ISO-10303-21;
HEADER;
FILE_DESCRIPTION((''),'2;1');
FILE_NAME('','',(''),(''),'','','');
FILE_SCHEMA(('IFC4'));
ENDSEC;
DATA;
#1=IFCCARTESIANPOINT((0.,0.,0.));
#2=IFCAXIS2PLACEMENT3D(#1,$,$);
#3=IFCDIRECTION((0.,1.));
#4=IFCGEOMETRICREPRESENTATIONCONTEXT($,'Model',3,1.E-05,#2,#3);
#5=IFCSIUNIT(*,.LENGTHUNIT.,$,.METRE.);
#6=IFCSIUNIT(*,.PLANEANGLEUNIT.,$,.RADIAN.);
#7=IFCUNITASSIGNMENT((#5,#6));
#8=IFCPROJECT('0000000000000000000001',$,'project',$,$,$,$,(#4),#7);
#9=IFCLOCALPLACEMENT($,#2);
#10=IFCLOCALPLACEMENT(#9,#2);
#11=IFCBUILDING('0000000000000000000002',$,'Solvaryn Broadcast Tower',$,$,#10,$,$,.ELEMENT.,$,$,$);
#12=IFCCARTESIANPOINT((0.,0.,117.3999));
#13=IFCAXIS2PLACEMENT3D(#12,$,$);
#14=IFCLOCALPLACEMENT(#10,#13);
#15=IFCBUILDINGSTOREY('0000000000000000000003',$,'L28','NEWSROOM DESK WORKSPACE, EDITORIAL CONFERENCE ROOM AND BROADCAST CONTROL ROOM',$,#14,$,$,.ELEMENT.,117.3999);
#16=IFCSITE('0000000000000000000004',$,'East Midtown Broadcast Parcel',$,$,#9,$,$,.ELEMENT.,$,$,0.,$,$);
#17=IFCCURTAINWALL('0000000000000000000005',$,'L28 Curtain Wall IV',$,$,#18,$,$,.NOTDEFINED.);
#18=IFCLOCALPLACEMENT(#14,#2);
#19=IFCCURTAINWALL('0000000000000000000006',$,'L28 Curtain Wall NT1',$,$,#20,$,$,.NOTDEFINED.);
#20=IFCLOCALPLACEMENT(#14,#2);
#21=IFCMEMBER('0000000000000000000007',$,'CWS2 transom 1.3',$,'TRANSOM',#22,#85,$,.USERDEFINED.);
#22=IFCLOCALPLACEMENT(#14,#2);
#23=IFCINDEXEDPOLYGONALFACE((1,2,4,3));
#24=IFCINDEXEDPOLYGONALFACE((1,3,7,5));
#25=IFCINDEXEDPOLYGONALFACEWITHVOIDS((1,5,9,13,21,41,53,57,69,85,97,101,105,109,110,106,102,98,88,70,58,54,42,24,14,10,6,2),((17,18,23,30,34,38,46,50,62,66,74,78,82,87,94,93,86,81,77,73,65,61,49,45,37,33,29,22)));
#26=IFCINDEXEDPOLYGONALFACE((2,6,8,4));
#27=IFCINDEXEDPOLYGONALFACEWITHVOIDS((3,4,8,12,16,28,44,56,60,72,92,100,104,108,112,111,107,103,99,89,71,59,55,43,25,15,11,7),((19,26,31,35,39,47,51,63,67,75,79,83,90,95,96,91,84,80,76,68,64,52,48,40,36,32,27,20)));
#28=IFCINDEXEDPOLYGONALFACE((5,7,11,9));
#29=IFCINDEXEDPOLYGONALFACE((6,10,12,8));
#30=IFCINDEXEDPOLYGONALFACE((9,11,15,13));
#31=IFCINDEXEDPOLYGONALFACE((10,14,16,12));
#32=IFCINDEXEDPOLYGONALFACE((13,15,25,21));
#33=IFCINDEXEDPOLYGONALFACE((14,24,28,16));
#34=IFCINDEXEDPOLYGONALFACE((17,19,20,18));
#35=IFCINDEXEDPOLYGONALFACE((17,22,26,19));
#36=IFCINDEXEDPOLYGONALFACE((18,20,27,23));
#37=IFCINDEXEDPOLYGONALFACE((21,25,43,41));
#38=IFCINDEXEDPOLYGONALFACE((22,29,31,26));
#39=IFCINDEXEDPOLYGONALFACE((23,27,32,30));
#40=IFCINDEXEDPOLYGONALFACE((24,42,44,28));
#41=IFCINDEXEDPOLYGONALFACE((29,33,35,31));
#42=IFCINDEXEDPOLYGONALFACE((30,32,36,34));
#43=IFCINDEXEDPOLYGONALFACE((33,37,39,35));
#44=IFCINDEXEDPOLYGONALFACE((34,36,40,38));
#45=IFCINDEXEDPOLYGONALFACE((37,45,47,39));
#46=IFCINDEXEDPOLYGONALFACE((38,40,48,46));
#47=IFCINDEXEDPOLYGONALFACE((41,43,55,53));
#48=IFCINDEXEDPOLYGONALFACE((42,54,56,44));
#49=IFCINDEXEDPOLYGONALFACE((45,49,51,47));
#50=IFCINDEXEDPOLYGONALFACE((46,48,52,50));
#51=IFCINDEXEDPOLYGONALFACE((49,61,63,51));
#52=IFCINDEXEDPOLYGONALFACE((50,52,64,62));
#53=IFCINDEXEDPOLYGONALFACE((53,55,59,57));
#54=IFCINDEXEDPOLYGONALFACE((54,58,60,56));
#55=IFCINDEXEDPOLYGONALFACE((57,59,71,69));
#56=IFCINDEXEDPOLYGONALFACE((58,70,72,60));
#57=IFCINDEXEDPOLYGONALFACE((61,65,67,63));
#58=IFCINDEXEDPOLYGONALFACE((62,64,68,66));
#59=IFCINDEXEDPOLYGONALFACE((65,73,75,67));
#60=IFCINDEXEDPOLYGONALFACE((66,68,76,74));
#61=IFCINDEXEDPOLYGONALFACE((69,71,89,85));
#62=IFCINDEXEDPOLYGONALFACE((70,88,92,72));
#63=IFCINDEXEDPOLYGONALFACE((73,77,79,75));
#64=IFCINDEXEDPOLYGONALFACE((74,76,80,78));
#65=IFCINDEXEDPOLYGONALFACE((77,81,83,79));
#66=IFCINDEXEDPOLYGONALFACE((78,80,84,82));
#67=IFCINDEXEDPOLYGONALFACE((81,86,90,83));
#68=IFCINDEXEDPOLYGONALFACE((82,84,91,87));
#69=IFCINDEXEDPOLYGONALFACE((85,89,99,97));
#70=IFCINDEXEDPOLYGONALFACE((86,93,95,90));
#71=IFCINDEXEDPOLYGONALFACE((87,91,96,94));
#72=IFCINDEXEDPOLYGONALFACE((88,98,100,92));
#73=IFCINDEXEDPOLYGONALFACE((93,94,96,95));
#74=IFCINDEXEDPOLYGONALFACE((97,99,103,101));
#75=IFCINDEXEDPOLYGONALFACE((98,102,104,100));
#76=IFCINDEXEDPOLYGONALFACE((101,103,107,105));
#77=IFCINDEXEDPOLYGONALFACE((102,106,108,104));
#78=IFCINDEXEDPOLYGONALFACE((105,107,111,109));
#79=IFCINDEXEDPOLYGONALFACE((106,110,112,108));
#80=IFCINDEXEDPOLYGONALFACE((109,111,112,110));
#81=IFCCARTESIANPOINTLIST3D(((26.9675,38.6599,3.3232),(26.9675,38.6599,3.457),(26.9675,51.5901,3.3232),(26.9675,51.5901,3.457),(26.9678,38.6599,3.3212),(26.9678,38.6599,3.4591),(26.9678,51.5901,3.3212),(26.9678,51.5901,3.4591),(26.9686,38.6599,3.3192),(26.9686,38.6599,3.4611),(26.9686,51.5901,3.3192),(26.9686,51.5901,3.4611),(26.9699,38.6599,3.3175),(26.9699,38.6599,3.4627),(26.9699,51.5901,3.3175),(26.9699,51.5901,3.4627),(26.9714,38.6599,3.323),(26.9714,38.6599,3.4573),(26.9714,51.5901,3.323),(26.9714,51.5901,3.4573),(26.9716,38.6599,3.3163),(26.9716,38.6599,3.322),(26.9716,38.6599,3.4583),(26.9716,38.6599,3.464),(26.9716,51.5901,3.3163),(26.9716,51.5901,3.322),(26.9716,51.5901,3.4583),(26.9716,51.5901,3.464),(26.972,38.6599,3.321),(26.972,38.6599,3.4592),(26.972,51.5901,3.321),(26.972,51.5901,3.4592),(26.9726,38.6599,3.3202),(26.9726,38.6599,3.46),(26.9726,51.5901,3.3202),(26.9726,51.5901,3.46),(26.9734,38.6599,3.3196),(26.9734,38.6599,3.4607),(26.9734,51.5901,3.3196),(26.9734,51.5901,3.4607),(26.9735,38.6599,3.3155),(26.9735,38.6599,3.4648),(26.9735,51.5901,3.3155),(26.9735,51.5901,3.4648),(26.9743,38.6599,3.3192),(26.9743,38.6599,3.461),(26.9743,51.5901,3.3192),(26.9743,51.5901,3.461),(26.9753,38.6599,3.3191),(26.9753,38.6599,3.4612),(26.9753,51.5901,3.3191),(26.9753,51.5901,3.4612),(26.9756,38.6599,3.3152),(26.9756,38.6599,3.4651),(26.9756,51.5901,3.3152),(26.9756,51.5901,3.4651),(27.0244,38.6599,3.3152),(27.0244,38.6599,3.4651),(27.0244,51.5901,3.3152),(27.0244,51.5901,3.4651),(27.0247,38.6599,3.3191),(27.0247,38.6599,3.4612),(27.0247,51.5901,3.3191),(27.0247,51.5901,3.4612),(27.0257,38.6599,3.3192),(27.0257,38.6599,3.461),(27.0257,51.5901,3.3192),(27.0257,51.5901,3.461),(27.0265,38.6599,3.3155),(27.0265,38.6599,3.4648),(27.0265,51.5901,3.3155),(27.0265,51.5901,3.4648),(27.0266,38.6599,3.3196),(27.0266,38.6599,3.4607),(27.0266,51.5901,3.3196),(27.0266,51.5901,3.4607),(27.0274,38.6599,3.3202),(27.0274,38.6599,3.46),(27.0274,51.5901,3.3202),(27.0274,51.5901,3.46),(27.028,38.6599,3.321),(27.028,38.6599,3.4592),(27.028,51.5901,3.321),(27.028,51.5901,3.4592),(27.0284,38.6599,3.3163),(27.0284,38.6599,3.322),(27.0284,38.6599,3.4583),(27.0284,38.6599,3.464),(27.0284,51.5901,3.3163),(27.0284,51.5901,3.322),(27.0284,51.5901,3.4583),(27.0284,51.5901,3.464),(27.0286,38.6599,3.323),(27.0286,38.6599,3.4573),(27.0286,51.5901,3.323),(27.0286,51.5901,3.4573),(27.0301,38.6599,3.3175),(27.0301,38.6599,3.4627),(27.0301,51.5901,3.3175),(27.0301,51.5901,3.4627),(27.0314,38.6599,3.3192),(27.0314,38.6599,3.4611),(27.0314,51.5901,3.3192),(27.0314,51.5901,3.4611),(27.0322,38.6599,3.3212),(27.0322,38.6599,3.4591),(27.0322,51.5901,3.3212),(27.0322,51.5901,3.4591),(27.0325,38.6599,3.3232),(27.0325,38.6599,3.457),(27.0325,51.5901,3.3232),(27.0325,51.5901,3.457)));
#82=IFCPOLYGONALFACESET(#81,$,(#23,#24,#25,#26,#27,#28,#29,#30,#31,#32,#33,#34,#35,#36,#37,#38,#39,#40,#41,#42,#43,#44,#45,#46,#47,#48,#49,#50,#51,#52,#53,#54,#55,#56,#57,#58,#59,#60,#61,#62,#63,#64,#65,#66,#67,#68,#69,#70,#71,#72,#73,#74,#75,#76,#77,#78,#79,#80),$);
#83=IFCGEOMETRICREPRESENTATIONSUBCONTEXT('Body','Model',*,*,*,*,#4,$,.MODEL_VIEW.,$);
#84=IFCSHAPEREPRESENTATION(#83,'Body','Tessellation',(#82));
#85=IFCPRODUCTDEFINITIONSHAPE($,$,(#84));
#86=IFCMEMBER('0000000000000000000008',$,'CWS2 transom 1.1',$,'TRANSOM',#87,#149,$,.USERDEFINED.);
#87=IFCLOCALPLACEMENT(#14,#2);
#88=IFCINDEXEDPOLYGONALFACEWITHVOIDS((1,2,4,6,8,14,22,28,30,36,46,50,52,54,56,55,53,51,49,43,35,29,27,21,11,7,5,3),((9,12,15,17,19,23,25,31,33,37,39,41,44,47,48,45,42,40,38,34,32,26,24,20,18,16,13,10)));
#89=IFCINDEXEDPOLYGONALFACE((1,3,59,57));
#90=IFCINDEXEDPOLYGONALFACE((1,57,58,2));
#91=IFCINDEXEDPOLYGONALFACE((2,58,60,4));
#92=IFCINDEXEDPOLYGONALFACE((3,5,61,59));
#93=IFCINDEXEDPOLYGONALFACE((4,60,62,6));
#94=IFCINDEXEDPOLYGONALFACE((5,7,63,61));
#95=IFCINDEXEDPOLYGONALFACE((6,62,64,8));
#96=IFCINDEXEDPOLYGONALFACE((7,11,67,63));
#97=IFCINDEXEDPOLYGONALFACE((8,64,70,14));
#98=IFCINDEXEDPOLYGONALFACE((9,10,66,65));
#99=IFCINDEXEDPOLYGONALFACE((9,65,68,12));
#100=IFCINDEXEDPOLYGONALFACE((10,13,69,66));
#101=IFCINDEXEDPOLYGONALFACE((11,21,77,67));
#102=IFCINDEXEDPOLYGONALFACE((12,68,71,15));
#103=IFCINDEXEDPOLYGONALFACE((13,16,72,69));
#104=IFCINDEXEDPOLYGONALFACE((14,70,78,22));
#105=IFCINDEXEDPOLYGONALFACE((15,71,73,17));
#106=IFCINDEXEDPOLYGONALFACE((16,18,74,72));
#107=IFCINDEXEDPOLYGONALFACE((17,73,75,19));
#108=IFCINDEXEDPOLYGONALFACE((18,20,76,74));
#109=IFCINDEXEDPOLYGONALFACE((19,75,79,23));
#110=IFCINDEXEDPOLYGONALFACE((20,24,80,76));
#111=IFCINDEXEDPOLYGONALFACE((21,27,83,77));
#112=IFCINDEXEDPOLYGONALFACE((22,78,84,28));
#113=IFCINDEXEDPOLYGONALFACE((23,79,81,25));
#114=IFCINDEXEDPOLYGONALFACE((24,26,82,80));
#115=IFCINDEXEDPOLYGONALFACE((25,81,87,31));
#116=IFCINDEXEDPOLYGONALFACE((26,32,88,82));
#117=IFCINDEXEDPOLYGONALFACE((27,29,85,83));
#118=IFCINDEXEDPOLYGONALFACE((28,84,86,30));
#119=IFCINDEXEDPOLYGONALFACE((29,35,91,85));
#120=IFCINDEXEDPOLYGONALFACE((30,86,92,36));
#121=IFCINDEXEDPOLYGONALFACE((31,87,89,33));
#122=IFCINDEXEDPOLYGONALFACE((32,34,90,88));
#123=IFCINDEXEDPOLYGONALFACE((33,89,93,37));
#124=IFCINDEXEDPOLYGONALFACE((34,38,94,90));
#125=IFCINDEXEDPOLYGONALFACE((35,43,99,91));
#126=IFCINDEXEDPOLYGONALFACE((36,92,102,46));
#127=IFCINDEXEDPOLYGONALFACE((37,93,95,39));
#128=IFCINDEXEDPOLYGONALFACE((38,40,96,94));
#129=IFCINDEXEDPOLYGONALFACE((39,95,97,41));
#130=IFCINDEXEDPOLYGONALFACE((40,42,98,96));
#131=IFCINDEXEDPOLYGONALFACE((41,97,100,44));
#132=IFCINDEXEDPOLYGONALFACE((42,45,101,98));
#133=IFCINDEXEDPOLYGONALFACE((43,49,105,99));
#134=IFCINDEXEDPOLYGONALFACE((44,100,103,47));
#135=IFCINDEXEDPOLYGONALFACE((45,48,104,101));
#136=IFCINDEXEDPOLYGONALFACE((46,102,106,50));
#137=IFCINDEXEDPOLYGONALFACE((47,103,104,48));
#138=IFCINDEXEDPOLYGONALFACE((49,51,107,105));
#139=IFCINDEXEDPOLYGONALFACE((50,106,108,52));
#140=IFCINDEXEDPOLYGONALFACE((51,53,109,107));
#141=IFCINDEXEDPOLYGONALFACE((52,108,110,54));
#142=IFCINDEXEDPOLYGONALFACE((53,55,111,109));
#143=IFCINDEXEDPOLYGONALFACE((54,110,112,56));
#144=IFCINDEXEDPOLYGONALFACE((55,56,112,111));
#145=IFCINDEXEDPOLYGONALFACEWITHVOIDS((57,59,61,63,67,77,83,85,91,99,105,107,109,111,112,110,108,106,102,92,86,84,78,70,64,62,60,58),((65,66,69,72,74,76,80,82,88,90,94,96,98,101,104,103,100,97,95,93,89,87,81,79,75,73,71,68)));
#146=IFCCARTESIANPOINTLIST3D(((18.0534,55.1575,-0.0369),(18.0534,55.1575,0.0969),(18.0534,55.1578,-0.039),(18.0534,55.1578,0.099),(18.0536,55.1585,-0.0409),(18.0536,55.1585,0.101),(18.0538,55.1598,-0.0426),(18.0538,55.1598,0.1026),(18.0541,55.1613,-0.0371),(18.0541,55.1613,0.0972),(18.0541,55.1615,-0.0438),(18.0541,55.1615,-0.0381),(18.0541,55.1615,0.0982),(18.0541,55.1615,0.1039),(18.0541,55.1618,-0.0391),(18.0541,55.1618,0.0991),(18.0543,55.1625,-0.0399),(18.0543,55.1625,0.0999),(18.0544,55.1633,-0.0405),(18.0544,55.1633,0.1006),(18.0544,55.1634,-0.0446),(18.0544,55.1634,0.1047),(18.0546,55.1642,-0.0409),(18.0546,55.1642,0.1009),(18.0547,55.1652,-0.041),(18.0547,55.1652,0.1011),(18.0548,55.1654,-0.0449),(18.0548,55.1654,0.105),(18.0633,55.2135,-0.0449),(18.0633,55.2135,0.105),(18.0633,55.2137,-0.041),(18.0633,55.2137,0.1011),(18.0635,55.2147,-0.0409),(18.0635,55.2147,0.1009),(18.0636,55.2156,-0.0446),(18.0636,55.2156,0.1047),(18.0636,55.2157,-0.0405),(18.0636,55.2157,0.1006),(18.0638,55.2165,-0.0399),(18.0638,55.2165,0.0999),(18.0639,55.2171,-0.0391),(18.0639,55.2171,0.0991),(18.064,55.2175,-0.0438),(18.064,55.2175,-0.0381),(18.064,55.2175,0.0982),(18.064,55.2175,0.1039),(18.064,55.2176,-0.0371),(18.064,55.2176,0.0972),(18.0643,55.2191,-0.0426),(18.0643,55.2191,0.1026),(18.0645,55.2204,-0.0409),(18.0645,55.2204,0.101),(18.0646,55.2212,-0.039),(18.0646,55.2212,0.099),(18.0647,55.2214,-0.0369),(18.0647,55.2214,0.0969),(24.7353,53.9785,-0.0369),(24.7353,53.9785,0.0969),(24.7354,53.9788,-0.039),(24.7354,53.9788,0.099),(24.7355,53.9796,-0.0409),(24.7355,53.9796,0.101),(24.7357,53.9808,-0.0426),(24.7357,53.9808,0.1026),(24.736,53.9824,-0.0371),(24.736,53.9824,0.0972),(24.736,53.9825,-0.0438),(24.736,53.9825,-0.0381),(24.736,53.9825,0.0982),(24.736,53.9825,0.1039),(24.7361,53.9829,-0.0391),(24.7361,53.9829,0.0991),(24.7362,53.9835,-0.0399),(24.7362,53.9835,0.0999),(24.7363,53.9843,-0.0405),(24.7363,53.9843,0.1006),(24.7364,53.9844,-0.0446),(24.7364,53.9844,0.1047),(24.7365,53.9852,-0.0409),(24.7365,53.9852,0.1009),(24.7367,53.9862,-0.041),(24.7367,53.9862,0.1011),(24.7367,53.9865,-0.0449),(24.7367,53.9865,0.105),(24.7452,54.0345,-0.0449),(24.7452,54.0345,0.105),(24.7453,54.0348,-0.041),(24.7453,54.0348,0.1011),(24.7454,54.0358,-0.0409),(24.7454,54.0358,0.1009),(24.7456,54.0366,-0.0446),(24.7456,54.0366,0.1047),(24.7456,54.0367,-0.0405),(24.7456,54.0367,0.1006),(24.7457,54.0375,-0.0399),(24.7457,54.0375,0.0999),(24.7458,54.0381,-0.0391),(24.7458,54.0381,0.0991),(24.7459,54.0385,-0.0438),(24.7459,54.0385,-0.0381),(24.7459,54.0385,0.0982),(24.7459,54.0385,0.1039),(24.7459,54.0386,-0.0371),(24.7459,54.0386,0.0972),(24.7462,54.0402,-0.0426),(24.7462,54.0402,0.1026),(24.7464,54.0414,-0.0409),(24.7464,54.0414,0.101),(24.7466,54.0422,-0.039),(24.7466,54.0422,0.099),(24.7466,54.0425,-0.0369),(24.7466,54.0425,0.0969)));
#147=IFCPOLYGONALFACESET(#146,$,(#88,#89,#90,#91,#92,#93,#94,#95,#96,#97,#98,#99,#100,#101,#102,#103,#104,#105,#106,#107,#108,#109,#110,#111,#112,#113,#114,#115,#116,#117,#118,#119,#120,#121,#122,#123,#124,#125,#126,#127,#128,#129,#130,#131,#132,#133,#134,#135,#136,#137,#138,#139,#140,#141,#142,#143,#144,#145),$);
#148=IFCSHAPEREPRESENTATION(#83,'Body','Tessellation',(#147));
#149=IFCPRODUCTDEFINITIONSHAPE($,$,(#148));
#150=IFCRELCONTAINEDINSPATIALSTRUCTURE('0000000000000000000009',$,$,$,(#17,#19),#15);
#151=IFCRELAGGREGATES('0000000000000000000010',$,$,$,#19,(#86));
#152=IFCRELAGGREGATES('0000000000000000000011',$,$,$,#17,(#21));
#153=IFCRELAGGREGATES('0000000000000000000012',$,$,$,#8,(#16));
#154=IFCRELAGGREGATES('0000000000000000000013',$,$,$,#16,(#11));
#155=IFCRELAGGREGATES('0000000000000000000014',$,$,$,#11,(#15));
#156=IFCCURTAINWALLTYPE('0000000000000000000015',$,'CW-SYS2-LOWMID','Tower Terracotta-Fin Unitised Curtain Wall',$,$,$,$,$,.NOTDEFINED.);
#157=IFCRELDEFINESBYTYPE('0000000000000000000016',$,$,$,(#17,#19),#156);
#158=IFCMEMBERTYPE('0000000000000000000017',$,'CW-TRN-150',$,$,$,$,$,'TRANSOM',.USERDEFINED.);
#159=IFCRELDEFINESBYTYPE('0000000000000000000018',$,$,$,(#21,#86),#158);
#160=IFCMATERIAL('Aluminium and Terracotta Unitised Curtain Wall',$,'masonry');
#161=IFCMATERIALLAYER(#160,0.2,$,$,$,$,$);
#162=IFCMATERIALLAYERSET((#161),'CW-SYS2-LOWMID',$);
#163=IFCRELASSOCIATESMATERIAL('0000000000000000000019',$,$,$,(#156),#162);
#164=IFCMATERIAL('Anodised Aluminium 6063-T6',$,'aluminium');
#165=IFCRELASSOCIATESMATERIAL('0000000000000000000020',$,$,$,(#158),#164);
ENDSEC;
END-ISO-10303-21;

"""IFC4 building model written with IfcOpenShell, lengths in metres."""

from ifc_helpers import new_model, si_unit, direction, frame, origin, origin_2d, place, context, subcontext, project, spatial, hollow_rectangle, extrude, material, layer, layer_set, material_profile, profile_set, type_object, element, aggregate, save


model = new_model("IFC4")

# Units and contexts
model_context = context("Model", 3, precision=1e-05, world=origin(), true_north=direction((0.0, 1.0)))
body_context = subcontext(model_context, "Body", "Model", "MODEL_VIEW")
ifc_project = project(units=[si_unit("LENGTHUNIT", "METRE"), si_unit("PLANEANGLEUNIT", "RADIAN")], contexts=[model_context])

# Site, building, storey
site_placement = place(None, origin())
site = spatial("IfcSite", under=ifc_project, at=site_placement, Name="East Midtown Broadcast Parcel", CompositionType="ELEMENT", RefElevation=0.0)
building_placement = place(site_placement, origin())
building = spatial("IfcBuilding", under=site, at=building_placement, Name="Solvaryn Broadcast Tower", CompositionType="ELEMENT")
storey_placement = place(building_placement, frame((0.0, 0.0, 117.3999)))
storey = spatial("IfcBuildingStorey", under=building, at=storey_placement, Name="L28", Description="NEWSROOM DESK WORKSPACE, EDITORIAL CONFERENCE ROOM AND BROADCAST CONTROL ROOM", CompositionType="ELEMENT", Elevation=117.3999)

# Curtain wall
ifc_material_1 = material(Name="Aluminium and Terracotta Unitised Curtain Wall", Category="masonry")
ifc_layer_1 = layer(ifc_material_1, 0.2)
ifc_layer_set_1 = layer_set([ifc_layer_1], Name="CW-SYS2-LOWMID")
curtain_wall_type = type_object("IfcCurtainWallType", Name="CW-SYS2-LOWMID", Description="Tower Terracotta-Fin Unitised Curtain Wall", PredefinedType="NOTDEFINED", material=ifc_layer_set_1)
curtain_wall_1_placement = place(storey_placement, origin())
curtain_wall_1 = element("IfcCurtainWall", 1, at=curtain_wall_1_placement, inside=storey, type_object=curtain_wall_type, Name="L28 Curtain Wall IV", PredefinedType="NOTDEFINED")

# Curtain wall
curtain_wall_2_placement = place(storey_placement, origin())
curtain_wall_2 = element("IfcCurtainWall", 2, at=curtain_wall_2_placement, inside=storey, type_object=curtain_wall_type, Name="L28 Curtain Wall NT1", PredefinedType="NOTDEFINED")

# Members
ifc_material_2 = material(Name="Anodised Aluminium 6063-T6", Category="aluminium")
ifc_material_profile_1 = material_profile(ifc_material_2, hollow_rectangle(XDim=0.0649, YDim=0.1499, WallThickness=0.0039, InnerFilletRadius=0.0039, OuterFilletRadius=0.0081, at=origin_2d()))
ifc_profile_set_1 = profile_set([ifc_material_profile_1], Name="Anodised Aluminium 6063-T6")
member_type_1 = type_object("IfcMemberType", Name="CW-TRN-150", ElementType="TRANSOM", PredefinedType="USERDEFINED", material=ifc_profile_set_1)
member_1_placement = place(storey_placement, frame((27.0, 51.5901, 3.3901), z_axis=(0.0, -1.0, 0.0), x_axis=(1.0, 0.0, 0.0)))
member_1 = element("IfcMember", 3, at=member_1_placement, type_object=member_type_1, Name="CWS2 transom 1.3", ObjectType="TRANSOM", PredefinedType="USERDEFINED", context=body_context, shape_type="SweptSolid", body=[
    extrude(hollow_rectangle(XDim=0.0649, YDim=0.1499, WallThickness=0.0039, InnerFilletRadius=0.0039, OuterFilletRadius=0.0081, at=origin_2d()), origin(), (0.0, 0.0, 1.0), 12.9302),
])
member_2_placement = place(storey_placement, frame((24.741, 54.0105, 0.03), z_axis=(-0.984789, 0.173757, 0.0), x_axis=(-0.173757, -0.984789, 0.0)))
member_2 = element("IfcMember", 4, at=member_2_placement, type_object=member_type_1, Name="CWS2 transom 1.1", ObjectType="TRANSOM", PredefinedType="USERDEFINED", context=body_context, shape_type="SweptSolid", body=[
    extrude(hollow_rectangle(XDim=0.0649, YDim=0.1499, WallThickness=0.0039, InnerFilletRadius=0.0039, OuterFilletRadius=0.0081, at=origin_2d()), origin(), (0.0, 0.0, 1.0), 6.7852),
])
aggregate(curtain_wall_2, [member_2])

aggregate(curtain_wall_1, [member_1])

save(model, "model.ifc")
